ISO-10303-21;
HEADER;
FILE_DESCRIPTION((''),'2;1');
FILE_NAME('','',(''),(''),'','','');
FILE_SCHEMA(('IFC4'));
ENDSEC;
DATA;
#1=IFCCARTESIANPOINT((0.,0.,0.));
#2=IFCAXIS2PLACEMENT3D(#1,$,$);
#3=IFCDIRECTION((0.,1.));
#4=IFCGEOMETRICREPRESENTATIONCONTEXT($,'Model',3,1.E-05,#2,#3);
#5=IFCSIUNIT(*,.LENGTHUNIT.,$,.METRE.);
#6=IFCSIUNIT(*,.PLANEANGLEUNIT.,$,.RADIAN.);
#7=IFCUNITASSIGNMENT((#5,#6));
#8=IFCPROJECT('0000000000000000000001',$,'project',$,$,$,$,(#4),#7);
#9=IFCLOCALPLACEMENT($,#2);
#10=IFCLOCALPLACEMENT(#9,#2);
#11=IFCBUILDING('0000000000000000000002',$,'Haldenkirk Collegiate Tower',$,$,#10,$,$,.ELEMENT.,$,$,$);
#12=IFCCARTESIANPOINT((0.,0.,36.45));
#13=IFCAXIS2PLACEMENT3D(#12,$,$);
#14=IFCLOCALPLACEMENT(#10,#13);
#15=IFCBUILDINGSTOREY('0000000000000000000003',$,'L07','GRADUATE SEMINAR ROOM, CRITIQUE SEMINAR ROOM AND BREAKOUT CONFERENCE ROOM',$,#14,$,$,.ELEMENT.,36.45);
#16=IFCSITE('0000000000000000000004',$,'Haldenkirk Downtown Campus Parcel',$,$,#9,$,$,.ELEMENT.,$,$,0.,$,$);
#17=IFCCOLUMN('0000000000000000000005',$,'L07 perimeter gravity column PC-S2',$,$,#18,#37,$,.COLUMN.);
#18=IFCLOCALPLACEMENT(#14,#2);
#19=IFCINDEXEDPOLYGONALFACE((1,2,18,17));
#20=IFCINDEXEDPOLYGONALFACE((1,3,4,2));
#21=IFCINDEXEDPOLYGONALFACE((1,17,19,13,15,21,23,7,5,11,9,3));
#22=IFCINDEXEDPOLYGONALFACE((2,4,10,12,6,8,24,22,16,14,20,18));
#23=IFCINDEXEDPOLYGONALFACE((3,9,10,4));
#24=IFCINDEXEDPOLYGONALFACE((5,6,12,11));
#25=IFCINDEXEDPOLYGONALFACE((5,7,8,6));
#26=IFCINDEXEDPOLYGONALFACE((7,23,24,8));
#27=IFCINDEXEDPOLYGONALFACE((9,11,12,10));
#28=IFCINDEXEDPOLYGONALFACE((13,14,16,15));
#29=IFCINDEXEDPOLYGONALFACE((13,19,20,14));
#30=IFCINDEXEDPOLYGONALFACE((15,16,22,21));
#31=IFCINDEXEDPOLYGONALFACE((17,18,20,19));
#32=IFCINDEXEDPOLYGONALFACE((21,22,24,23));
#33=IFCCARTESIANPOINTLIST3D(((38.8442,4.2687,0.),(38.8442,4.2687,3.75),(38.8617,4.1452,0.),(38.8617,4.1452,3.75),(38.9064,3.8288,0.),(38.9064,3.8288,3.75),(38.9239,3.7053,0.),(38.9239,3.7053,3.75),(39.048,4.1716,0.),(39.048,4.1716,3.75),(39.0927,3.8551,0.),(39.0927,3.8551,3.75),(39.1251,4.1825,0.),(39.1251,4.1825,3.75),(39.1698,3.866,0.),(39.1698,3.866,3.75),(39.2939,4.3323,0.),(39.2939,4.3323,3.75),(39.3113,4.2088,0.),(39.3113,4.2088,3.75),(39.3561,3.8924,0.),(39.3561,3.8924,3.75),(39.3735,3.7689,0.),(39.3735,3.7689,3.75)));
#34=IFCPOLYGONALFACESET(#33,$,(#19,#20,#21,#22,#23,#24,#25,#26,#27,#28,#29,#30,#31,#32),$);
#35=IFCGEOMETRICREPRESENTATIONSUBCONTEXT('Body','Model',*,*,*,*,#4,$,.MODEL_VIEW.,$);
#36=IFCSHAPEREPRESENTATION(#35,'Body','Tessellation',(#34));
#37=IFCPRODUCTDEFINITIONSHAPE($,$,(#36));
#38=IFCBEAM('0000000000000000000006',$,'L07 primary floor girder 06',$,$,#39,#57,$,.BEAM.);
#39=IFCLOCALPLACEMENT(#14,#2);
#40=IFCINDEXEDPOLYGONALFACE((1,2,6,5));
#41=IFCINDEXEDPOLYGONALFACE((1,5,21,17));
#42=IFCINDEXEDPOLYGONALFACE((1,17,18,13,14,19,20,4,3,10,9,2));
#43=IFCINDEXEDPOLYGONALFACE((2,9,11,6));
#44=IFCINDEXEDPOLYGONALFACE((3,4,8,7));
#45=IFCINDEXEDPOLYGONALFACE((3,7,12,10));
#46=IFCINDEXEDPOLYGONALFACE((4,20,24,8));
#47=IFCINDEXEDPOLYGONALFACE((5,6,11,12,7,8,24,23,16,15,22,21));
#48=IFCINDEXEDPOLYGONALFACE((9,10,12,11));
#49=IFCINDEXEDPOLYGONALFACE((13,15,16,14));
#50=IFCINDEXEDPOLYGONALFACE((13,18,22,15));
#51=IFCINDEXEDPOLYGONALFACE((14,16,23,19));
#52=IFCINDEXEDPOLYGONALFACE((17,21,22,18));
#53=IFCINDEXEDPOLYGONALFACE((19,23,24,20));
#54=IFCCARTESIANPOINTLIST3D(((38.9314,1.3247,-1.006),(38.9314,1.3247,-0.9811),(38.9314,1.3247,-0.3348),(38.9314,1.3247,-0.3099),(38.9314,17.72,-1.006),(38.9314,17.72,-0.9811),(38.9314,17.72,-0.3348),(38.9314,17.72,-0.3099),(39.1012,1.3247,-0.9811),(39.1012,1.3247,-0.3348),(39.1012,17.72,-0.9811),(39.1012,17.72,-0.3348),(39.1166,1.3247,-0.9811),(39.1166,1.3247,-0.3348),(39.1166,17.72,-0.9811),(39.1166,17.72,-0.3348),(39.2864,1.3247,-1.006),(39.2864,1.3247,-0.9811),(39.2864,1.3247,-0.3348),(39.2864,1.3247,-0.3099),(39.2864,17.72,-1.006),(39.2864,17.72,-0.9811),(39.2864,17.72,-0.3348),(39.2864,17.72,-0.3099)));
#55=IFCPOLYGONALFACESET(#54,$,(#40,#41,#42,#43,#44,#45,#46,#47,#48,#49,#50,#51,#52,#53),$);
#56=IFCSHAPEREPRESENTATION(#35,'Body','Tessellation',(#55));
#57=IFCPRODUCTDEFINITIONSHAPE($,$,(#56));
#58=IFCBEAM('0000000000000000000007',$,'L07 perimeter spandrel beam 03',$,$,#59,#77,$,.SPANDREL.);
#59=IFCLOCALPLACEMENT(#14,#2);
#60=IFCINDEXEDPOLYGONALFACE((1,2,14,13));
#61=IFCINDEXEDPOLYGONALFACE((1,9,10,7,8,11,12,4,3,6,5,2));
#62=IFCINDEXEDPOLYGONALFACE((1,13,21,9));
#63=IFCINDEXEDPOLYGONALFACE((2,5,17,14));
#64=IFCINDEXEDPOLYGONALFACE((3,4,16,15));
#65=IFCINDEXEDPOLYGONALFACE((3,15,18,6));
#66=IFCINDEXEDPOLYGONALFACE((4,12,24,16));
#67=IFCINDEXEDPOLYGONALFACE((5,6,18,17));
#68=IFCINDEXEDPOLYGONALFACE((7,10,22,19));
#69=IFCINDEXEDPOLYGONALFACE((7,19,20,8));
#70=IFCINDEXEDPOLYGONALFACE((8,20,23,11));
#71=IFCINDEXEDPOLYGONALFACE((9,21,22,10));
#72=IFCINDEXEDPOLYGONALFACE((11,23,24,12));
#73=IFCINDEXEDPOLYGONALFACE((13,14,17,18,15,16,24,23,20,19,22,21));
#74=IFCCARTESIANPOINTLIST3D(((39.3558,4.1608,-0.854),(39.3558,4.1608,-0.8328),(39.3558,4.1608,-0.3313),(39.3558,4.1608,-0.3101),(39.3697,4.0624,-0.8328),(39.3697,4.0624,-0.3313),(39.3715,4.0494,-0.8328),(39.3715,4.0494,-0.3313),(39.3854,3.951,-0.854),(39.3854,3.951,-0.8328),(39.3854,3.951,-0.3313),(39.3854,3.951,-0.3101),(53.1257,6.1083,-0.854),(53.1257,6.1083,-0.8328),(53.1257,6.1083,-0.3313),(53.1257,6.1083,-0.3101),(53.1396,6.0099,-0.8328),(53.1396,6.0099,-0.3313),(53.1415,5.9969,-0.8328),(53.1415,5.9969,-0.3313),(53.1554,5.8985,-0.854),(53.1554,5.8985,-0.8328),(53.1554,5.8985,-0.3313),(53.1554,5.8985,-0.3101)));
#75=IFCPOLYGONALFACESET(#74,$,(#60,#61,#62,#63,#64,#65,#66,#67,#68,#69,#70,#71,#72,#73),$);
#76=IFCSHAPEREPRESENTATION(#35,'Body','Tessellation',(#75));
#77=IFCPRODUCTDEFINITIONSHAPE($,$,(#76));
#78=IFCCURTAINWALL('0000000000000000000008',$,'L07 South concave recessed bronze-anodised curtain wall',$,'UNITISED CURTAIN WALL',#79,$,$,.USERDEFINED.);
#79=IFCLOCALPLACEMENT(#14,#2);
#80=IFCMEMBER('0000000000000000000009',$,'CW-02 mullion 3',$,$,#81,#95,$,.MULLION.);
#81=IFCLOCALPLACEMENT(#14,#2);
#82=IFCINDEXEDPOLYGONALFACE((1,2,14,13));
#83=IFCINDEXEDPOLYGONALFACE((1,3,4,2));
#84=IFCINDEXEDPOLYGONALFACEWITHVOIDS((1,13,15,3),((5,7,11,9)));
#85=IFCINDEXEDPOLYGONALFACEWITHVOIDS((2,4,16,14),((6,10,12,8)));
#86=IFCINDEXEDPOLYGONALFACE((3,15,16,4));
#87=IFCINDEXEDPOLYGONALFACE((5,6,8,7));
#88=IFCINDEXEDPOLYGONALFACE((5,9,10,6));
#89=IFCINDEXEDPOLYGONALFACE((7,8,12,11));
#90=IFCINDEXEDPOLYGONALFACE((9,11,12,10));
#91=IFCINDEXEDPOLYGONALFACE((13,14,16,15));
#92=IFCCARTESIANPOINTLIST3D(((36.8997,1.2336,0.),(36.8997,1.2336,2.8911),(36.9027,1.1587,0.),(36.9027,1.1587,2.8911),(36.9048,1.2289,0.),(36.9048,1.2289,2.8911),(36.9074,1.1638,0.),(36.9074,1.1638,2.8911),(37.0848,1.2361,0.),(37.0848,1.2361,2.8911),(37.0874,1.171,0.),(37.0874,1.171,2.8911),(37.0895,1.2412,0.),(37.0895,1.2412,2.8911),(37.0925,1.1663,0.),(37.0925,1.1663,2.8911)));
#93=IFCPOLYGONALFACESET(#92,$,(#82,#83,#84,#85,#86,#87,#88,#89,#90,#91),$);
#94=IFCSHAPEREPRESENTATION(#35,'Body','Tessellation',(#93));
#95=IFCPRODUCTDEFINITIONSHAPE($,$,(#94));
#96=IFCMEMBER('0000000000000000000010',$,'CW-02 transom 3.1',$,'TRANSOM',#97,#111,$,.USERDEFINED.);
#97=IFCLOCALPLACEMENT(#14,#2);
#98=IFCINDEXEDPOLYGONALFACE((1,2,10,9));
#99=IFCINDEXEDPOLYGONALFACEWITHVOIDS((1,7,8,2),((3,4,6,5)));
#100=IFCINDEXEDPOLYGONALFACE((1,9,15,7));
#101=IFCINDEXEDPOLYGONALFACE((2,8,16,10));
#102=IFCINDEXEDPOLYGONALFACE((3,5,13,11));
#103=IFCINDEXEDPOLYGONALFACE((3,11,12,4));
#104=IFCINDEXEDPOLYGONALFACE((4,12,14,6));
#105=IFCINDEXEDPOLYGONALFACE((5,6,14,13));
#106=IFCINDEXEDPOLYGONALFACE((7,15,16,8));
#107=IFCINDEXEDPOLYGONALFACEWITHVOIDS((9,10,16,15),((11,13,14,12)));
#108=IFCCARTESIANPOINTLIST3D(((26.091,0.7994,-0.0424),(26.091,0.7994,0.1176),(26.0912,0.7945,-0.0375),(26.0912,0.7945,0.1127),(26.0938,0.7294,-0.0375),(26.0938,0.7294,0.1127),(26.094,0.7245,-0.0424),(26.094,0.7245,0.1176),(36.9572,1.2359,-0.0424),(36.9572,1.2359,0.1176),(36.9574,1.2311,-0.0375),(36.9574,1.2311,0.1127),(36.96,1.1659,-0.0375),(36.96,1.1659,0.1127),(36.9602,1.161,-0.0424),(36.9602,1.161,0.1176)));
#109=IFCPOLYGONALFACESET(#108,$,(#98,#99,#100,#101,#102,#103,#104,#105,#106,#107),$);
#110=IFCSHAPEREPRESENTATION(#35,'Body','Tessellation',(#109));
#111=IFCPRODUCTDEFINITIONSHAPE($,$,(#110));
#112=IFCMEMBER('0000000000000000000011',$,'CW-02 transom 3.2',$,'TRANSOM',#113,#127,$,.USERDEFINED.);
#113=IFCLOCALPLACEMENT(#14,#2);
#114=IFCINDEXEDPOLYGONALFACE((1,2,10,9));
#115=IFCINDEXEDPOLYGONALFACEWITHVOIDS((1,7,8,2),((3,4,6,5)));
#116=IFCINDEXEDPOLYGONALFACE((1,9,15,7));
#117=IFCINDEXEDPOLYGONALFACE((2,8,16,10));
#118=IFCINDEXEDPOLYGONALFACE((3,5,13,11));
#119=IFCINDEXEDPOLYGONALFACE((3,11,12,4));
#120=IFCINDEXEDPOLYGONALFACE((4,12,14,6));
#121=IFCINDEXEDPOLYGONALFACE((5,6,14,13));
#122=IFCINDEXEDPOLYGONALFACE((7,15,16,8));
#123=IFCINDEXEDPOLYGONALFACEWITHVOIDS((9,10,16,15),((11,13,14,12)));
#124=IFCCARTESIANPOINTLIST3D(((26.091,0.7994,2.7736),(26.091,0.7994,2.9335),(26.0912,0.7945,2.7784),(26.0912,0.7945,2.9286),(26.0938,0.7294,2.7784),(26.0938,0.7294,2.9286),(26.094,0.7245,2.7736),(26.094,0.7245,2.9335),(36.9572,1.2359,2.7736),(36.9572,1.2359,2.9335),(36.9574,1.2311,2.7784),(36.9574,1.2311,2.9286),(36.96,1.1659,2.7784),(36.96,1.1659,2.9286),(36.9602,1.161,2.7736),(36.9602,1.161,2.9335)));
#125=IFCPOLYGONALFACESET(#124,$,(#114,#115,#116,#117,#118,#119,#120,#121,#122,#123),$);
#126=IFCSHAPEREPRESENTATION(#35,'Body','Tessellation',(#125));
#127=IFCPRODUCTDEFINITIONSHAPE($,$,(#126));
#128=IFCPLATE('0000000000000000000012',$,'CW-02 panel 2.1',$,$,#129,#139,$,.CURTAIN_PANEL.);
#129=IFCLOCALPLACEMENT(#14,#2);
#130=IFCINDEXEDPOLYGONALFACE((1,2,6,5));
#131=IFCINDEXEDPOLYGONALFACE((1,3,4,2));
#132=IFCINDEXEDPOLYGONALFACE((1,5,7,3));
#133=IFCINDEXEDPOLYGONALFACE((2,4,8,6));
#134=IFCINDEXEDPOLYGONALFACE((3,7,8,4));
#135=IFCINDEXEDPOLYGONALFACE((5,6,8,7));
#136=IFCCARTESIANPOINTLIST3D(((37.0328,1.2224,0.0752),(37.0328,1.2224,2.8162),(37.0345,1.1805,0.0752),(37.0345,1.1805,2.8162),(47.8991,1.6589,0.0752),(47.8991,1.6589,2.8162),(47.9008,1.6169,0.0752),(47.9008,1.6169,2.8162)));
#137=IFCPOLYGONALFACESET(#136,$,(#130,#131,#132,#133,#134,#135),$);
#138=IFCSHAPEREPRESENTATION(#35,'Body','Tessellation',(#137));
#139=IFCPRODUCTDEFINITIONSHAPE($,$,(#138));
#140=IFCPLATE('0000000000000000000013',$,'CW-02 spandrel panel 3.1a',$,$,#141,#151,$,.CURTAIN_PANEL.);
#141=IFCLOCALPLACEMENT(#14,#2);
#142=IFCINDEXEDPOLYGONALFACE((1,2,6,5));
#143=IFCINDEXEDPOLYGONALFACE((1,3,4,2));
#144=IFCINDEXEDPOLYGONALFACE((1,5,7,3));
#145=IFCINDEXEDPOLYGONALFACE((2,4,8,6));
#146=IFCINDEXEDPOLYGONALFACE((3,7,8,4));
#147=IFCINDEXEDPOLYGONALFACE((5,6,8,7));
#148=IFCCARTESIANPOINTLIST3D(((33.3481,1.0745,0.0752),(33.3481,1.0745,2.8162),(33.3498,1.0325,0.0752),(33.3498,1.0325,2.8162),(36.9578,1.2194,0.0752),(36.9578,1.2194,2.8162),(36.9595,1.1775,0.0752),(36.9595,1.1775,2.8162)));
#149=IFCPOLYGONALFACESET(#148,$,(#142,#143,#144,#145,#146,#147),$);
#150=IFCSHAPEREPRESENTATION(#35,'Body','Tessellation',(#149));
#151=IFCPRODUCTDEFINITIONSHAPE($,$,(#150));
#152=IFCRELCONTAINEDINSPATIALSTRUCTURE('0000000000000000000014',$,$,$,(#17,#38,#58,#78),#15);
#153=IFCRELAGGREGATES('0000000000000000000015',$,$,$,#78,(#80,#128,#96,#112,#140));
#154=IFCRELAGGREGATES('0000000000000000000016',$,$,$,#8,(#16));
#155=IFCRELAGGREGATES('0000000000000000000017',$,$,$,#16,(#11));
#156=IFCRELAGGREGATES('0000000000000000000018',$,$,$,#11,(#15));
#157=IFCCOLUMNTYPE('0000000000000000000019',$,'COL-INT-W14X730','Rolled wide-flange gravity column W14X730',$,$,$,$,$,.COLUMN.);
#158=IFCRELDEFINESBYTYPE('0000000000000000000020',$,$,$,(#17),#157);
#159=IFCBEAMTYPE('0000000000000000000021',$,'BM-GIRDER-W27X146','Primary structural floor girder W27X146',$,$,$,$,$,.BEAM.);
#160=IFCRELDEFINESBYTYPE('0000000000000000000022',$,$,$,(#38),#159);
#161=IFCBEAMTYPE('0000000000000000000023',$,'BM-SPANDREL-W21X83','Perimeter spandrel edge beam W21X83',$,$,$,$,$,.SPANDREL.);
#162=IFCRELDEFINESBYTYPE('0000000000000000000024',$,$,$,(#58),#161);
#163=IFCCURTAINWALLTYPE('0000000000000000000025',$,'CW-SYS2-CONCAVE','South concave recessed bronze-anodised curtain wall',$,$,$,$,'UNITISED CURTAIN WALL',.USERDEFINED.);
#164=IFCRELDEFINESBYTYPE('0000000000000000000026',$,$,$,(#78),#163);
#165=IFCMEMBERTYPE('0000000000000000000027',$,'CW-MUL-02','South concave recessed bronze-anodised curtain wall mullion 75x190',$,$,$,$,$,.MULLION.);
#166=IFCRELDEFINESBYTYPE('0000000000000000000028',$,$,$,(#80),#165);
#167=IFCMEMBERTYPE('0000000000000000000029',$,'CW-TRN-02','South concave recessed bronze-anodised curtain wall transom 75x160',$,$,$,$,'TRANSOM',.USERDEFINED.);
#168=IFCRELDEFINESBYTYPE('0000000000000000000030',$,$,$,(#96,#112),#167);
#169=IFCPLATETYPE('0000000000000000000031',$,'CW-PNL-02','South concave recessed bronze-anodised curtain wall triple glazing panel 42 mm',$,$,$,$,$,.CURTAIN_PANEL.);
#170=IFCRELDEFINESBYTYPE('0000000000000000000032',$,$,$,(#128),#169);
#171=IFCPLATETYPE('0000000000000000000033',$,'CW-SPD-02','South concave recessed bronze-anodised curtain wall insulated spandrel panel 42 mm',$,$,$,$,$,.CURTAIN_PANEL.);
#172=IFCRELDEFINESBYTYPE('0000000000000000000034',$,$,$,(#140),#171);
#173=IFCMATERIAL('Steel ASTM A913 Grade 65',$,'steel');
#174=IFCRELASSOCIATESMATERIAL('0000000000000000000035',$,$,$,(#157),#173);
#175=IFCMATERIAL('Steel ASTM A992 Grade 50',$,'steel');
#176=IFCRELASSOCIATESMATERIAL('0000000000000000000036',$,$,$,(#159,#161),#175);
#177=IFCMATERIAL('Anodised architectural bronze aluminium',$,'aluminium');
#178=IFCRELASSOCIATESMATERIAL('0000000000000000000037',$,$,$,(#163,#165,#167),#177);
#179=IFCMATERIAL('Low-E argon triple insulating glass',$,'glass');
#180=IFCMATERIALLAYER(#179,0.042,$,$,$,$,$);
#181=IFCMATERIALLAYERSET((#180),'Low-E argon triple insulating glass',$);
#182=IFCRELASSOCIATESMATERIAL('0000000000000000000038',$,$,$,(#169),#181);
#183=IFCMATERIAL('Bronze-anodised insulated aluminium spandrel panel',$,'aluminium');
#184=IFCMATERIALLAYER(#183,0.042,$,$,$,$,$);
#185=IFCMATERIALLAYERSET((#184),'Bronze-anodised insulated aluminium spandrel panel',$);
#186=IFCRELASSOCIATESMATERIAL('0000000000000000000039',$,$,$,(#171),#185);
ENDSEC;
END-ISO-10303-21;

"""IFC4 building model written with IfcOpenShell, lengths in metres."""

from ifc_helpers import new_model, si_unit, direction, frame, origin, origin_2d, place, context, subcontext, project, spatial, rectangle, hollow_rectangle, i_section, extrude, source, transform, mapped, material, layer, layer_set, material_profile, profile_set, type_object, element, aggregate, save


model = new_model("IFC4")

# Units and contexts
model_context = context("Model", 3, precision=1e-05, world=origin(), true_north=direction((0.0, 1.0)))
body_context = subcontext(model_context, "Body", "Model", "MODEL_VIEW")
ifc_project = project(units=[si_unit("LENGTHUNIT", "METRE"), si_unit("PLANEANGLEUNIT", "RADIAN")], contexts=[model_context])

# Site, building, storey
site_placement = place(None, origin())
site = spatial("IfcSite", under=ifc_project, at=site_placement, Name="Haldenkirk Downtown Campus Parcel", CompositionType="ELEMENT", RefElevation=0.0)
building_placement = place(site_placement, origin())
building = spatial("IfcBuilding", under=site, at=building_placement, Name="Haldenkirk Collegiate Tower", CompositionType="ELEMENT")
storey_placement = place(building_placement, frame((0.0, 0.0, 36.45)))
storey = spatial("IfcBuildingStorey", under=building, at=storey_placement, Name="L07", Description="GRADUATE SEMINAR ROOM, CRITIQUE SEMINAR ROOM AND BREAKOUT CONFERENCE ROOM", CompositionType="ELEMENT", Elevation=36.45)

# Column
ifc_material_1 = material(Name="Steel ASTM A913 Grade 65", Category="steel")
ifc_material_profile_1 = material_profile(ifc_material_1, i_section(OverallWidth=0.4541, OverallDepth=0.5691, WebThickness=0.0779, FlangeThickness=0.1248, at=origin_2d()), Name="W14X730")
ifc_profile_set_1 = profile_set([ifc_material_profile_1], Name="Steel ASTM A913 Grade 65")
column_type = type_object("IfcColumnType", Name="COL-INT-W14X730", Description="Rolled wide-flange gravity column W14X730", PredefinedType="COLUMN", material=ifc_profile_set_1)
column_placement = place(storey_placement, frame((39.1089, 4.0188, 0.0), z_axis=(0.0, 0.0, 1.0), x_axis=(0.990146, 0.140037, 0.0)))
element("IfcColumn", 1, at=column_placement, inside=storey, type_object=column_type, Name="L07 perimeter gravity column PC-S2", PredefinedType="COLUMN", context=body_context, shape_type="SweptSolid", body=[
    extrude(i_section(OverallWidth=0.4541, OverallDepth=0.5691, WebThickness=0.0779, FlangeThickness=0.1248, at=origin_2d()), origin(), (0.0, 0.0, 1.0), 3.75),
])

# Beams
ifc_material_2 = material(Name="Steel ASTM A992 Grade 50", Category="steel")
ifc_material_profile_2 = material_profile(ifc_material_2, i_section(OverallWidth=0.355, OverallDepth=0.696, WebThickness=0.0154, FlangeThickness=0.0249, at=origin_2d()), Name="W27X146")
ifc_profile_set_2 = profile_set([ifc_material_profile_2], Name="Steel ASTM A992 Grade 50")
beam_type_1 = type_object("IfcBeamType", Name="BM-GIRDER-W27X146", Description="Primary structural floor girder W27X146", PredefinedType="BEAM", material=ifc_profile_set_2)
beam_1_placement = place(storey_placement, frame((39.1089, 1.3247, -0.658), z_axis=(0.0, 1.0, 0.0), x_axis=(-1.0, 0.0, 0.0)))
element("IfcBeam", 2, at=beam_1_placement, inside=storey, type_object=beam_type_1, Name="L07 primary floor girder 06", PredefinedType="BEAM", context=body_context, shape_type="SweptSolid", body=[
    extrude(i_section(OverallWidth=0.355, OverallDepth=0.696, WebThickness=0.0154, FlangeThickness=0.0249, at=origin_2d()), origin(), (0.0, 0.0, 1.0), 16.3953),
])
ifc_material_profile_3 = material_profile(ifc_material_2, i_section(OverallWidth=0.2119, OverallDepth=0.5439, WebThickness=0.0132, FlangeThickness=0.0212, at=origin_2d()), Name="W21X83")
ifc_profile_set_3 = profile_set([ifc_material_profile_3], Name="Steel ASTM A992 Grade 50")
beam_type_2 = type_object("IfcBeamType", Name="BM-SPANDREL-W21X83", Description="Perimeter spandrel edge beam W21X83", PredefinedType="SPANDREL", material=ifc_profile_set_3)
beam_2_placement = place(storey_placement, frame((39.3706, 4.0559, -0.582), z_axis=(0.990146, 0.140038, 0.0), x_axis=(-0.140038, 0.990146, 0.0)))
element("IfcBeam", 3, at=beam_2_placement, inside=storey, type_object=beam_type_2, Name="L07 perimeter spandrel beam 03", PredefinedType="SPANDREL", context=body_context, shape_type="SweptSolid", body=[
    extrude(i_section(OverallWidth=0.2119, OverallDepth=0.5439, WebThickness=0.0132, FlangeThickness=0.0212, at=origin_2d()), origin(), (0.0, 0.0, 1.0), 13.907),
])

# Curtain wall, members, plates
ifc_material_3 = material(Name="Anodised architectural bronze aluminium", Category="aluminium")
curtain_wall_type = type_object("IfcCurtainWallType", Name="CW-SYS2-CONCAVE", Description="South concave recessed bronze-anodised curtain wall", ElementType="UNITISED CURTAIN WALL", PredefinedType="USERDEFINED", material=ifc_material_3)
curtain_wall_placement = place(storey_placement, origin())
curtain_wall = element("IfcCurtainWall", 4, at=curtain_wall_placement, inside=storey, type_object=curtain_wall_type, Name="L07 South concave recessed bronze-anodised curtain wall", ObjectType="UNITISED CURTAIN WALL", PredefinedType="USERDEFINED")
ifc_material_profile_4 = material_profile(ifc_material_3, hollow_rectangle(XDim=0.075, YDim=0.1899, WallThickness=0.0049, at=origin_2d()), Name="CW-MUL-02")
ifc_profile_set_4 = profile_set([ifc_material_profile_4], Name="Anodised architectural bronze aluminium")
member_type_1 = type_object("IfcMemberType", Name="CW-MUL-02", Description="South concave recessed bronze-anodised curtain wall mullion 75x190", PredefinedType="MULLION", material=ifc_profile_set_4)
member_1_placement = place(storey_placement, frame((36.9961, 1.2, 0.0), z_axis=(0.0, 0.0, 1.0), x_axis=(0.040133, -0.999194, 0.0)))
member_1 = element("IfcMember", 5, at=member_1_placement, type_object=member_type_1, Name="CW-02 mullion 3", PredefinedType="MULLION", context=body_context, shape_type="SweptSolid", body=[
    extrude(hollow_rectangle(XDim=0.075, YDim=0.1899, WallThickness=0.0049, at=origin_2d()), origin(), (0.0, 0.0, 1.0), 2.8911),
])
ifc_material_profile_5 = material_profile(ifc_material_3, hollow_rectangle(XDim=0.075, YDim=0.1599, WallThickness=0.0049, at=origin_2d()), Name="CW-TRN-02")
ifc_profile_set_5 = profile_set([ifc_material_profile_5], Name="Anodised architectural bronze aluminium")
member_type_2 = type_object("IfcMemberType", Name="CW-TRN-02", Description="South concave recessed bronze-anodised curtain wall transom 75x160", ElementType="TRANSOM", PredefinedType="USERDEFINED", material=ifc_profile_set_5)
member_2_placement = place(storey_placement, frame((36.9587, 1.1985, 0.0376), z_axis=(-0.999194, -0.04014, 0.0), x_axis=(0.04014, -0.999194, 0.0)))
member_2 = element("IfcMember", 6, at=member_2_placement, type_object=member_type_2, Name="CW-02 transom 3.1", ObjectType="TRANSOM", PredefinedType="USERDEFINED", context=body_context, shape_type="SweptSolid", body=[
    extrude(hollow_rectangle(XDim=0.075, YDim=0.1599, WallThickness=0.0049, at=origin_2d()), origin(), (0.0, 0.0, 1.0), 10.875),
])
member_3_placement = place(storey_placement, frame((36.9587, 1.1985, 2.8535), z_axis=(-0.999194, -0.04014, 0.0), x_axis=(0.04014, -0.999194, 0.0)))
member_3 = element("IfcMember", 7, at=member_3_placement, type_object=member_type_2, Name="CW-02 transom 3.2", ObjectType="TRANSOM", PredefinedType="USERDEFINED", context=body_context, shape_type="SweptSolid", body=[
    extrude(hollow_rectangle(XDim=0.075, YDim=0.1599, WallThickness=0.0049, at=origin_2d()), origin(), (0.0, 0.0, 1.0), 10.875),
])
ifc_material_4 = material(Name="Low-E argon triple insulating glass", Category="glass")
ifc_layer_1 = layer(ifc_material_4, 0.042)
ifc_layer_set_1 = layer_set([ifc_layer_1], Name="Low-E argon triple insulating glass")
plate_type_1 = type_object("IfcPlateType", Name="CW-PNL-02", Description="South concave recessed bronze-anodised curtain wall triple glazing panel 42 mm", PredefinedType="CURTAIN_PANEL", material=ifc_layer_set_1)
shared_shape_1 = source(origin(), body_context, "Body", "SweptSolid", [
    extrude(rectangle(XDim=10.875, YDim=0.042, at=origin_2d()), origin(), (0.0, 0.0, 1.0), 2.741),
])
plate_1_placement = place(storey_placement, frame((42.4668, 1.4197, 0.0752), z_axis=(0.0, 0.0, 1.0), x_axis=(-0.999194, -0.040133, 0.0)))
plate_1 = element("IfcPlate", 8, at=plate_1_placement, type_object=plate_type_1, Name="CW-02 panel 2.1", PredefinedType="CURTAIN_PANEL", context=body_context, shape_type="MappedRepresentation", body=[
    mapped(shared_shape_1, transform((0.0, 0.0, 0.0), x_axis=(1.0, 0.0, 0.0), y_axis=(0.0, 1.0, 0.0), z_axis=(0.0, 0.0, 1.0), scale=1.0)),
])
ifc_material_5 = material(Name="Bronze-anodised insulated aluminium spandrel panel", Category="aluminium")
ifc_layer_2 = layer(ifc_material_5, 0.042)
ifc_layer_set_2 = layer_set([ifc_layer_2], Name="Bronze-anodised insulated aluminium spandrel panel")
plate_type_2 = type_object("IfcPlateType", Name="CW-SPD-02", Description="South concave recessed bronze-anodised curtain wall insulated spandrel panel 42 mm", PredefinedType="CURTAIN_PANEL", material=ifc_layer_set_2)
shared_shape_2 = source(origin(), body_context, "Body", "SweptSolid", [
    extrude(rectangle(XDim=3.6125, YDim=0.042, at=origin_2d()), origin(), (0.0, 0.0, 1.0), 2.741),
])
plate_2_placement = place(storey_placement, frame((35.1538, 1.126, 0.0752), z_axis=(0.0, 0.0, 1.0), x_axis=(-0.999194, -0.040133, 0.0)))
plate_2 = element("IfcPlate", 9, at=plate_2_placement, type_object=plate_type_2, Name="CW-02 spandrel panel 3.1a", PredefinedType="CURTAIN_PANEL", context=body_context, shape_type="MappedRepresentation", body=[
    mapped(shared_shape_2, transform((0.0, 0.0, 0.0), x_axis=(1.0, 0.0, 0.0), y_axis=(0.0, 1.0, 0.0), z_axis=(0.0, 0.0, 1.0), scale=1.0)),
])
aggregate(curtain_wall, [member_1, plate_1, member_2, member_3, plate_2])

save(model, "model.ifc")
